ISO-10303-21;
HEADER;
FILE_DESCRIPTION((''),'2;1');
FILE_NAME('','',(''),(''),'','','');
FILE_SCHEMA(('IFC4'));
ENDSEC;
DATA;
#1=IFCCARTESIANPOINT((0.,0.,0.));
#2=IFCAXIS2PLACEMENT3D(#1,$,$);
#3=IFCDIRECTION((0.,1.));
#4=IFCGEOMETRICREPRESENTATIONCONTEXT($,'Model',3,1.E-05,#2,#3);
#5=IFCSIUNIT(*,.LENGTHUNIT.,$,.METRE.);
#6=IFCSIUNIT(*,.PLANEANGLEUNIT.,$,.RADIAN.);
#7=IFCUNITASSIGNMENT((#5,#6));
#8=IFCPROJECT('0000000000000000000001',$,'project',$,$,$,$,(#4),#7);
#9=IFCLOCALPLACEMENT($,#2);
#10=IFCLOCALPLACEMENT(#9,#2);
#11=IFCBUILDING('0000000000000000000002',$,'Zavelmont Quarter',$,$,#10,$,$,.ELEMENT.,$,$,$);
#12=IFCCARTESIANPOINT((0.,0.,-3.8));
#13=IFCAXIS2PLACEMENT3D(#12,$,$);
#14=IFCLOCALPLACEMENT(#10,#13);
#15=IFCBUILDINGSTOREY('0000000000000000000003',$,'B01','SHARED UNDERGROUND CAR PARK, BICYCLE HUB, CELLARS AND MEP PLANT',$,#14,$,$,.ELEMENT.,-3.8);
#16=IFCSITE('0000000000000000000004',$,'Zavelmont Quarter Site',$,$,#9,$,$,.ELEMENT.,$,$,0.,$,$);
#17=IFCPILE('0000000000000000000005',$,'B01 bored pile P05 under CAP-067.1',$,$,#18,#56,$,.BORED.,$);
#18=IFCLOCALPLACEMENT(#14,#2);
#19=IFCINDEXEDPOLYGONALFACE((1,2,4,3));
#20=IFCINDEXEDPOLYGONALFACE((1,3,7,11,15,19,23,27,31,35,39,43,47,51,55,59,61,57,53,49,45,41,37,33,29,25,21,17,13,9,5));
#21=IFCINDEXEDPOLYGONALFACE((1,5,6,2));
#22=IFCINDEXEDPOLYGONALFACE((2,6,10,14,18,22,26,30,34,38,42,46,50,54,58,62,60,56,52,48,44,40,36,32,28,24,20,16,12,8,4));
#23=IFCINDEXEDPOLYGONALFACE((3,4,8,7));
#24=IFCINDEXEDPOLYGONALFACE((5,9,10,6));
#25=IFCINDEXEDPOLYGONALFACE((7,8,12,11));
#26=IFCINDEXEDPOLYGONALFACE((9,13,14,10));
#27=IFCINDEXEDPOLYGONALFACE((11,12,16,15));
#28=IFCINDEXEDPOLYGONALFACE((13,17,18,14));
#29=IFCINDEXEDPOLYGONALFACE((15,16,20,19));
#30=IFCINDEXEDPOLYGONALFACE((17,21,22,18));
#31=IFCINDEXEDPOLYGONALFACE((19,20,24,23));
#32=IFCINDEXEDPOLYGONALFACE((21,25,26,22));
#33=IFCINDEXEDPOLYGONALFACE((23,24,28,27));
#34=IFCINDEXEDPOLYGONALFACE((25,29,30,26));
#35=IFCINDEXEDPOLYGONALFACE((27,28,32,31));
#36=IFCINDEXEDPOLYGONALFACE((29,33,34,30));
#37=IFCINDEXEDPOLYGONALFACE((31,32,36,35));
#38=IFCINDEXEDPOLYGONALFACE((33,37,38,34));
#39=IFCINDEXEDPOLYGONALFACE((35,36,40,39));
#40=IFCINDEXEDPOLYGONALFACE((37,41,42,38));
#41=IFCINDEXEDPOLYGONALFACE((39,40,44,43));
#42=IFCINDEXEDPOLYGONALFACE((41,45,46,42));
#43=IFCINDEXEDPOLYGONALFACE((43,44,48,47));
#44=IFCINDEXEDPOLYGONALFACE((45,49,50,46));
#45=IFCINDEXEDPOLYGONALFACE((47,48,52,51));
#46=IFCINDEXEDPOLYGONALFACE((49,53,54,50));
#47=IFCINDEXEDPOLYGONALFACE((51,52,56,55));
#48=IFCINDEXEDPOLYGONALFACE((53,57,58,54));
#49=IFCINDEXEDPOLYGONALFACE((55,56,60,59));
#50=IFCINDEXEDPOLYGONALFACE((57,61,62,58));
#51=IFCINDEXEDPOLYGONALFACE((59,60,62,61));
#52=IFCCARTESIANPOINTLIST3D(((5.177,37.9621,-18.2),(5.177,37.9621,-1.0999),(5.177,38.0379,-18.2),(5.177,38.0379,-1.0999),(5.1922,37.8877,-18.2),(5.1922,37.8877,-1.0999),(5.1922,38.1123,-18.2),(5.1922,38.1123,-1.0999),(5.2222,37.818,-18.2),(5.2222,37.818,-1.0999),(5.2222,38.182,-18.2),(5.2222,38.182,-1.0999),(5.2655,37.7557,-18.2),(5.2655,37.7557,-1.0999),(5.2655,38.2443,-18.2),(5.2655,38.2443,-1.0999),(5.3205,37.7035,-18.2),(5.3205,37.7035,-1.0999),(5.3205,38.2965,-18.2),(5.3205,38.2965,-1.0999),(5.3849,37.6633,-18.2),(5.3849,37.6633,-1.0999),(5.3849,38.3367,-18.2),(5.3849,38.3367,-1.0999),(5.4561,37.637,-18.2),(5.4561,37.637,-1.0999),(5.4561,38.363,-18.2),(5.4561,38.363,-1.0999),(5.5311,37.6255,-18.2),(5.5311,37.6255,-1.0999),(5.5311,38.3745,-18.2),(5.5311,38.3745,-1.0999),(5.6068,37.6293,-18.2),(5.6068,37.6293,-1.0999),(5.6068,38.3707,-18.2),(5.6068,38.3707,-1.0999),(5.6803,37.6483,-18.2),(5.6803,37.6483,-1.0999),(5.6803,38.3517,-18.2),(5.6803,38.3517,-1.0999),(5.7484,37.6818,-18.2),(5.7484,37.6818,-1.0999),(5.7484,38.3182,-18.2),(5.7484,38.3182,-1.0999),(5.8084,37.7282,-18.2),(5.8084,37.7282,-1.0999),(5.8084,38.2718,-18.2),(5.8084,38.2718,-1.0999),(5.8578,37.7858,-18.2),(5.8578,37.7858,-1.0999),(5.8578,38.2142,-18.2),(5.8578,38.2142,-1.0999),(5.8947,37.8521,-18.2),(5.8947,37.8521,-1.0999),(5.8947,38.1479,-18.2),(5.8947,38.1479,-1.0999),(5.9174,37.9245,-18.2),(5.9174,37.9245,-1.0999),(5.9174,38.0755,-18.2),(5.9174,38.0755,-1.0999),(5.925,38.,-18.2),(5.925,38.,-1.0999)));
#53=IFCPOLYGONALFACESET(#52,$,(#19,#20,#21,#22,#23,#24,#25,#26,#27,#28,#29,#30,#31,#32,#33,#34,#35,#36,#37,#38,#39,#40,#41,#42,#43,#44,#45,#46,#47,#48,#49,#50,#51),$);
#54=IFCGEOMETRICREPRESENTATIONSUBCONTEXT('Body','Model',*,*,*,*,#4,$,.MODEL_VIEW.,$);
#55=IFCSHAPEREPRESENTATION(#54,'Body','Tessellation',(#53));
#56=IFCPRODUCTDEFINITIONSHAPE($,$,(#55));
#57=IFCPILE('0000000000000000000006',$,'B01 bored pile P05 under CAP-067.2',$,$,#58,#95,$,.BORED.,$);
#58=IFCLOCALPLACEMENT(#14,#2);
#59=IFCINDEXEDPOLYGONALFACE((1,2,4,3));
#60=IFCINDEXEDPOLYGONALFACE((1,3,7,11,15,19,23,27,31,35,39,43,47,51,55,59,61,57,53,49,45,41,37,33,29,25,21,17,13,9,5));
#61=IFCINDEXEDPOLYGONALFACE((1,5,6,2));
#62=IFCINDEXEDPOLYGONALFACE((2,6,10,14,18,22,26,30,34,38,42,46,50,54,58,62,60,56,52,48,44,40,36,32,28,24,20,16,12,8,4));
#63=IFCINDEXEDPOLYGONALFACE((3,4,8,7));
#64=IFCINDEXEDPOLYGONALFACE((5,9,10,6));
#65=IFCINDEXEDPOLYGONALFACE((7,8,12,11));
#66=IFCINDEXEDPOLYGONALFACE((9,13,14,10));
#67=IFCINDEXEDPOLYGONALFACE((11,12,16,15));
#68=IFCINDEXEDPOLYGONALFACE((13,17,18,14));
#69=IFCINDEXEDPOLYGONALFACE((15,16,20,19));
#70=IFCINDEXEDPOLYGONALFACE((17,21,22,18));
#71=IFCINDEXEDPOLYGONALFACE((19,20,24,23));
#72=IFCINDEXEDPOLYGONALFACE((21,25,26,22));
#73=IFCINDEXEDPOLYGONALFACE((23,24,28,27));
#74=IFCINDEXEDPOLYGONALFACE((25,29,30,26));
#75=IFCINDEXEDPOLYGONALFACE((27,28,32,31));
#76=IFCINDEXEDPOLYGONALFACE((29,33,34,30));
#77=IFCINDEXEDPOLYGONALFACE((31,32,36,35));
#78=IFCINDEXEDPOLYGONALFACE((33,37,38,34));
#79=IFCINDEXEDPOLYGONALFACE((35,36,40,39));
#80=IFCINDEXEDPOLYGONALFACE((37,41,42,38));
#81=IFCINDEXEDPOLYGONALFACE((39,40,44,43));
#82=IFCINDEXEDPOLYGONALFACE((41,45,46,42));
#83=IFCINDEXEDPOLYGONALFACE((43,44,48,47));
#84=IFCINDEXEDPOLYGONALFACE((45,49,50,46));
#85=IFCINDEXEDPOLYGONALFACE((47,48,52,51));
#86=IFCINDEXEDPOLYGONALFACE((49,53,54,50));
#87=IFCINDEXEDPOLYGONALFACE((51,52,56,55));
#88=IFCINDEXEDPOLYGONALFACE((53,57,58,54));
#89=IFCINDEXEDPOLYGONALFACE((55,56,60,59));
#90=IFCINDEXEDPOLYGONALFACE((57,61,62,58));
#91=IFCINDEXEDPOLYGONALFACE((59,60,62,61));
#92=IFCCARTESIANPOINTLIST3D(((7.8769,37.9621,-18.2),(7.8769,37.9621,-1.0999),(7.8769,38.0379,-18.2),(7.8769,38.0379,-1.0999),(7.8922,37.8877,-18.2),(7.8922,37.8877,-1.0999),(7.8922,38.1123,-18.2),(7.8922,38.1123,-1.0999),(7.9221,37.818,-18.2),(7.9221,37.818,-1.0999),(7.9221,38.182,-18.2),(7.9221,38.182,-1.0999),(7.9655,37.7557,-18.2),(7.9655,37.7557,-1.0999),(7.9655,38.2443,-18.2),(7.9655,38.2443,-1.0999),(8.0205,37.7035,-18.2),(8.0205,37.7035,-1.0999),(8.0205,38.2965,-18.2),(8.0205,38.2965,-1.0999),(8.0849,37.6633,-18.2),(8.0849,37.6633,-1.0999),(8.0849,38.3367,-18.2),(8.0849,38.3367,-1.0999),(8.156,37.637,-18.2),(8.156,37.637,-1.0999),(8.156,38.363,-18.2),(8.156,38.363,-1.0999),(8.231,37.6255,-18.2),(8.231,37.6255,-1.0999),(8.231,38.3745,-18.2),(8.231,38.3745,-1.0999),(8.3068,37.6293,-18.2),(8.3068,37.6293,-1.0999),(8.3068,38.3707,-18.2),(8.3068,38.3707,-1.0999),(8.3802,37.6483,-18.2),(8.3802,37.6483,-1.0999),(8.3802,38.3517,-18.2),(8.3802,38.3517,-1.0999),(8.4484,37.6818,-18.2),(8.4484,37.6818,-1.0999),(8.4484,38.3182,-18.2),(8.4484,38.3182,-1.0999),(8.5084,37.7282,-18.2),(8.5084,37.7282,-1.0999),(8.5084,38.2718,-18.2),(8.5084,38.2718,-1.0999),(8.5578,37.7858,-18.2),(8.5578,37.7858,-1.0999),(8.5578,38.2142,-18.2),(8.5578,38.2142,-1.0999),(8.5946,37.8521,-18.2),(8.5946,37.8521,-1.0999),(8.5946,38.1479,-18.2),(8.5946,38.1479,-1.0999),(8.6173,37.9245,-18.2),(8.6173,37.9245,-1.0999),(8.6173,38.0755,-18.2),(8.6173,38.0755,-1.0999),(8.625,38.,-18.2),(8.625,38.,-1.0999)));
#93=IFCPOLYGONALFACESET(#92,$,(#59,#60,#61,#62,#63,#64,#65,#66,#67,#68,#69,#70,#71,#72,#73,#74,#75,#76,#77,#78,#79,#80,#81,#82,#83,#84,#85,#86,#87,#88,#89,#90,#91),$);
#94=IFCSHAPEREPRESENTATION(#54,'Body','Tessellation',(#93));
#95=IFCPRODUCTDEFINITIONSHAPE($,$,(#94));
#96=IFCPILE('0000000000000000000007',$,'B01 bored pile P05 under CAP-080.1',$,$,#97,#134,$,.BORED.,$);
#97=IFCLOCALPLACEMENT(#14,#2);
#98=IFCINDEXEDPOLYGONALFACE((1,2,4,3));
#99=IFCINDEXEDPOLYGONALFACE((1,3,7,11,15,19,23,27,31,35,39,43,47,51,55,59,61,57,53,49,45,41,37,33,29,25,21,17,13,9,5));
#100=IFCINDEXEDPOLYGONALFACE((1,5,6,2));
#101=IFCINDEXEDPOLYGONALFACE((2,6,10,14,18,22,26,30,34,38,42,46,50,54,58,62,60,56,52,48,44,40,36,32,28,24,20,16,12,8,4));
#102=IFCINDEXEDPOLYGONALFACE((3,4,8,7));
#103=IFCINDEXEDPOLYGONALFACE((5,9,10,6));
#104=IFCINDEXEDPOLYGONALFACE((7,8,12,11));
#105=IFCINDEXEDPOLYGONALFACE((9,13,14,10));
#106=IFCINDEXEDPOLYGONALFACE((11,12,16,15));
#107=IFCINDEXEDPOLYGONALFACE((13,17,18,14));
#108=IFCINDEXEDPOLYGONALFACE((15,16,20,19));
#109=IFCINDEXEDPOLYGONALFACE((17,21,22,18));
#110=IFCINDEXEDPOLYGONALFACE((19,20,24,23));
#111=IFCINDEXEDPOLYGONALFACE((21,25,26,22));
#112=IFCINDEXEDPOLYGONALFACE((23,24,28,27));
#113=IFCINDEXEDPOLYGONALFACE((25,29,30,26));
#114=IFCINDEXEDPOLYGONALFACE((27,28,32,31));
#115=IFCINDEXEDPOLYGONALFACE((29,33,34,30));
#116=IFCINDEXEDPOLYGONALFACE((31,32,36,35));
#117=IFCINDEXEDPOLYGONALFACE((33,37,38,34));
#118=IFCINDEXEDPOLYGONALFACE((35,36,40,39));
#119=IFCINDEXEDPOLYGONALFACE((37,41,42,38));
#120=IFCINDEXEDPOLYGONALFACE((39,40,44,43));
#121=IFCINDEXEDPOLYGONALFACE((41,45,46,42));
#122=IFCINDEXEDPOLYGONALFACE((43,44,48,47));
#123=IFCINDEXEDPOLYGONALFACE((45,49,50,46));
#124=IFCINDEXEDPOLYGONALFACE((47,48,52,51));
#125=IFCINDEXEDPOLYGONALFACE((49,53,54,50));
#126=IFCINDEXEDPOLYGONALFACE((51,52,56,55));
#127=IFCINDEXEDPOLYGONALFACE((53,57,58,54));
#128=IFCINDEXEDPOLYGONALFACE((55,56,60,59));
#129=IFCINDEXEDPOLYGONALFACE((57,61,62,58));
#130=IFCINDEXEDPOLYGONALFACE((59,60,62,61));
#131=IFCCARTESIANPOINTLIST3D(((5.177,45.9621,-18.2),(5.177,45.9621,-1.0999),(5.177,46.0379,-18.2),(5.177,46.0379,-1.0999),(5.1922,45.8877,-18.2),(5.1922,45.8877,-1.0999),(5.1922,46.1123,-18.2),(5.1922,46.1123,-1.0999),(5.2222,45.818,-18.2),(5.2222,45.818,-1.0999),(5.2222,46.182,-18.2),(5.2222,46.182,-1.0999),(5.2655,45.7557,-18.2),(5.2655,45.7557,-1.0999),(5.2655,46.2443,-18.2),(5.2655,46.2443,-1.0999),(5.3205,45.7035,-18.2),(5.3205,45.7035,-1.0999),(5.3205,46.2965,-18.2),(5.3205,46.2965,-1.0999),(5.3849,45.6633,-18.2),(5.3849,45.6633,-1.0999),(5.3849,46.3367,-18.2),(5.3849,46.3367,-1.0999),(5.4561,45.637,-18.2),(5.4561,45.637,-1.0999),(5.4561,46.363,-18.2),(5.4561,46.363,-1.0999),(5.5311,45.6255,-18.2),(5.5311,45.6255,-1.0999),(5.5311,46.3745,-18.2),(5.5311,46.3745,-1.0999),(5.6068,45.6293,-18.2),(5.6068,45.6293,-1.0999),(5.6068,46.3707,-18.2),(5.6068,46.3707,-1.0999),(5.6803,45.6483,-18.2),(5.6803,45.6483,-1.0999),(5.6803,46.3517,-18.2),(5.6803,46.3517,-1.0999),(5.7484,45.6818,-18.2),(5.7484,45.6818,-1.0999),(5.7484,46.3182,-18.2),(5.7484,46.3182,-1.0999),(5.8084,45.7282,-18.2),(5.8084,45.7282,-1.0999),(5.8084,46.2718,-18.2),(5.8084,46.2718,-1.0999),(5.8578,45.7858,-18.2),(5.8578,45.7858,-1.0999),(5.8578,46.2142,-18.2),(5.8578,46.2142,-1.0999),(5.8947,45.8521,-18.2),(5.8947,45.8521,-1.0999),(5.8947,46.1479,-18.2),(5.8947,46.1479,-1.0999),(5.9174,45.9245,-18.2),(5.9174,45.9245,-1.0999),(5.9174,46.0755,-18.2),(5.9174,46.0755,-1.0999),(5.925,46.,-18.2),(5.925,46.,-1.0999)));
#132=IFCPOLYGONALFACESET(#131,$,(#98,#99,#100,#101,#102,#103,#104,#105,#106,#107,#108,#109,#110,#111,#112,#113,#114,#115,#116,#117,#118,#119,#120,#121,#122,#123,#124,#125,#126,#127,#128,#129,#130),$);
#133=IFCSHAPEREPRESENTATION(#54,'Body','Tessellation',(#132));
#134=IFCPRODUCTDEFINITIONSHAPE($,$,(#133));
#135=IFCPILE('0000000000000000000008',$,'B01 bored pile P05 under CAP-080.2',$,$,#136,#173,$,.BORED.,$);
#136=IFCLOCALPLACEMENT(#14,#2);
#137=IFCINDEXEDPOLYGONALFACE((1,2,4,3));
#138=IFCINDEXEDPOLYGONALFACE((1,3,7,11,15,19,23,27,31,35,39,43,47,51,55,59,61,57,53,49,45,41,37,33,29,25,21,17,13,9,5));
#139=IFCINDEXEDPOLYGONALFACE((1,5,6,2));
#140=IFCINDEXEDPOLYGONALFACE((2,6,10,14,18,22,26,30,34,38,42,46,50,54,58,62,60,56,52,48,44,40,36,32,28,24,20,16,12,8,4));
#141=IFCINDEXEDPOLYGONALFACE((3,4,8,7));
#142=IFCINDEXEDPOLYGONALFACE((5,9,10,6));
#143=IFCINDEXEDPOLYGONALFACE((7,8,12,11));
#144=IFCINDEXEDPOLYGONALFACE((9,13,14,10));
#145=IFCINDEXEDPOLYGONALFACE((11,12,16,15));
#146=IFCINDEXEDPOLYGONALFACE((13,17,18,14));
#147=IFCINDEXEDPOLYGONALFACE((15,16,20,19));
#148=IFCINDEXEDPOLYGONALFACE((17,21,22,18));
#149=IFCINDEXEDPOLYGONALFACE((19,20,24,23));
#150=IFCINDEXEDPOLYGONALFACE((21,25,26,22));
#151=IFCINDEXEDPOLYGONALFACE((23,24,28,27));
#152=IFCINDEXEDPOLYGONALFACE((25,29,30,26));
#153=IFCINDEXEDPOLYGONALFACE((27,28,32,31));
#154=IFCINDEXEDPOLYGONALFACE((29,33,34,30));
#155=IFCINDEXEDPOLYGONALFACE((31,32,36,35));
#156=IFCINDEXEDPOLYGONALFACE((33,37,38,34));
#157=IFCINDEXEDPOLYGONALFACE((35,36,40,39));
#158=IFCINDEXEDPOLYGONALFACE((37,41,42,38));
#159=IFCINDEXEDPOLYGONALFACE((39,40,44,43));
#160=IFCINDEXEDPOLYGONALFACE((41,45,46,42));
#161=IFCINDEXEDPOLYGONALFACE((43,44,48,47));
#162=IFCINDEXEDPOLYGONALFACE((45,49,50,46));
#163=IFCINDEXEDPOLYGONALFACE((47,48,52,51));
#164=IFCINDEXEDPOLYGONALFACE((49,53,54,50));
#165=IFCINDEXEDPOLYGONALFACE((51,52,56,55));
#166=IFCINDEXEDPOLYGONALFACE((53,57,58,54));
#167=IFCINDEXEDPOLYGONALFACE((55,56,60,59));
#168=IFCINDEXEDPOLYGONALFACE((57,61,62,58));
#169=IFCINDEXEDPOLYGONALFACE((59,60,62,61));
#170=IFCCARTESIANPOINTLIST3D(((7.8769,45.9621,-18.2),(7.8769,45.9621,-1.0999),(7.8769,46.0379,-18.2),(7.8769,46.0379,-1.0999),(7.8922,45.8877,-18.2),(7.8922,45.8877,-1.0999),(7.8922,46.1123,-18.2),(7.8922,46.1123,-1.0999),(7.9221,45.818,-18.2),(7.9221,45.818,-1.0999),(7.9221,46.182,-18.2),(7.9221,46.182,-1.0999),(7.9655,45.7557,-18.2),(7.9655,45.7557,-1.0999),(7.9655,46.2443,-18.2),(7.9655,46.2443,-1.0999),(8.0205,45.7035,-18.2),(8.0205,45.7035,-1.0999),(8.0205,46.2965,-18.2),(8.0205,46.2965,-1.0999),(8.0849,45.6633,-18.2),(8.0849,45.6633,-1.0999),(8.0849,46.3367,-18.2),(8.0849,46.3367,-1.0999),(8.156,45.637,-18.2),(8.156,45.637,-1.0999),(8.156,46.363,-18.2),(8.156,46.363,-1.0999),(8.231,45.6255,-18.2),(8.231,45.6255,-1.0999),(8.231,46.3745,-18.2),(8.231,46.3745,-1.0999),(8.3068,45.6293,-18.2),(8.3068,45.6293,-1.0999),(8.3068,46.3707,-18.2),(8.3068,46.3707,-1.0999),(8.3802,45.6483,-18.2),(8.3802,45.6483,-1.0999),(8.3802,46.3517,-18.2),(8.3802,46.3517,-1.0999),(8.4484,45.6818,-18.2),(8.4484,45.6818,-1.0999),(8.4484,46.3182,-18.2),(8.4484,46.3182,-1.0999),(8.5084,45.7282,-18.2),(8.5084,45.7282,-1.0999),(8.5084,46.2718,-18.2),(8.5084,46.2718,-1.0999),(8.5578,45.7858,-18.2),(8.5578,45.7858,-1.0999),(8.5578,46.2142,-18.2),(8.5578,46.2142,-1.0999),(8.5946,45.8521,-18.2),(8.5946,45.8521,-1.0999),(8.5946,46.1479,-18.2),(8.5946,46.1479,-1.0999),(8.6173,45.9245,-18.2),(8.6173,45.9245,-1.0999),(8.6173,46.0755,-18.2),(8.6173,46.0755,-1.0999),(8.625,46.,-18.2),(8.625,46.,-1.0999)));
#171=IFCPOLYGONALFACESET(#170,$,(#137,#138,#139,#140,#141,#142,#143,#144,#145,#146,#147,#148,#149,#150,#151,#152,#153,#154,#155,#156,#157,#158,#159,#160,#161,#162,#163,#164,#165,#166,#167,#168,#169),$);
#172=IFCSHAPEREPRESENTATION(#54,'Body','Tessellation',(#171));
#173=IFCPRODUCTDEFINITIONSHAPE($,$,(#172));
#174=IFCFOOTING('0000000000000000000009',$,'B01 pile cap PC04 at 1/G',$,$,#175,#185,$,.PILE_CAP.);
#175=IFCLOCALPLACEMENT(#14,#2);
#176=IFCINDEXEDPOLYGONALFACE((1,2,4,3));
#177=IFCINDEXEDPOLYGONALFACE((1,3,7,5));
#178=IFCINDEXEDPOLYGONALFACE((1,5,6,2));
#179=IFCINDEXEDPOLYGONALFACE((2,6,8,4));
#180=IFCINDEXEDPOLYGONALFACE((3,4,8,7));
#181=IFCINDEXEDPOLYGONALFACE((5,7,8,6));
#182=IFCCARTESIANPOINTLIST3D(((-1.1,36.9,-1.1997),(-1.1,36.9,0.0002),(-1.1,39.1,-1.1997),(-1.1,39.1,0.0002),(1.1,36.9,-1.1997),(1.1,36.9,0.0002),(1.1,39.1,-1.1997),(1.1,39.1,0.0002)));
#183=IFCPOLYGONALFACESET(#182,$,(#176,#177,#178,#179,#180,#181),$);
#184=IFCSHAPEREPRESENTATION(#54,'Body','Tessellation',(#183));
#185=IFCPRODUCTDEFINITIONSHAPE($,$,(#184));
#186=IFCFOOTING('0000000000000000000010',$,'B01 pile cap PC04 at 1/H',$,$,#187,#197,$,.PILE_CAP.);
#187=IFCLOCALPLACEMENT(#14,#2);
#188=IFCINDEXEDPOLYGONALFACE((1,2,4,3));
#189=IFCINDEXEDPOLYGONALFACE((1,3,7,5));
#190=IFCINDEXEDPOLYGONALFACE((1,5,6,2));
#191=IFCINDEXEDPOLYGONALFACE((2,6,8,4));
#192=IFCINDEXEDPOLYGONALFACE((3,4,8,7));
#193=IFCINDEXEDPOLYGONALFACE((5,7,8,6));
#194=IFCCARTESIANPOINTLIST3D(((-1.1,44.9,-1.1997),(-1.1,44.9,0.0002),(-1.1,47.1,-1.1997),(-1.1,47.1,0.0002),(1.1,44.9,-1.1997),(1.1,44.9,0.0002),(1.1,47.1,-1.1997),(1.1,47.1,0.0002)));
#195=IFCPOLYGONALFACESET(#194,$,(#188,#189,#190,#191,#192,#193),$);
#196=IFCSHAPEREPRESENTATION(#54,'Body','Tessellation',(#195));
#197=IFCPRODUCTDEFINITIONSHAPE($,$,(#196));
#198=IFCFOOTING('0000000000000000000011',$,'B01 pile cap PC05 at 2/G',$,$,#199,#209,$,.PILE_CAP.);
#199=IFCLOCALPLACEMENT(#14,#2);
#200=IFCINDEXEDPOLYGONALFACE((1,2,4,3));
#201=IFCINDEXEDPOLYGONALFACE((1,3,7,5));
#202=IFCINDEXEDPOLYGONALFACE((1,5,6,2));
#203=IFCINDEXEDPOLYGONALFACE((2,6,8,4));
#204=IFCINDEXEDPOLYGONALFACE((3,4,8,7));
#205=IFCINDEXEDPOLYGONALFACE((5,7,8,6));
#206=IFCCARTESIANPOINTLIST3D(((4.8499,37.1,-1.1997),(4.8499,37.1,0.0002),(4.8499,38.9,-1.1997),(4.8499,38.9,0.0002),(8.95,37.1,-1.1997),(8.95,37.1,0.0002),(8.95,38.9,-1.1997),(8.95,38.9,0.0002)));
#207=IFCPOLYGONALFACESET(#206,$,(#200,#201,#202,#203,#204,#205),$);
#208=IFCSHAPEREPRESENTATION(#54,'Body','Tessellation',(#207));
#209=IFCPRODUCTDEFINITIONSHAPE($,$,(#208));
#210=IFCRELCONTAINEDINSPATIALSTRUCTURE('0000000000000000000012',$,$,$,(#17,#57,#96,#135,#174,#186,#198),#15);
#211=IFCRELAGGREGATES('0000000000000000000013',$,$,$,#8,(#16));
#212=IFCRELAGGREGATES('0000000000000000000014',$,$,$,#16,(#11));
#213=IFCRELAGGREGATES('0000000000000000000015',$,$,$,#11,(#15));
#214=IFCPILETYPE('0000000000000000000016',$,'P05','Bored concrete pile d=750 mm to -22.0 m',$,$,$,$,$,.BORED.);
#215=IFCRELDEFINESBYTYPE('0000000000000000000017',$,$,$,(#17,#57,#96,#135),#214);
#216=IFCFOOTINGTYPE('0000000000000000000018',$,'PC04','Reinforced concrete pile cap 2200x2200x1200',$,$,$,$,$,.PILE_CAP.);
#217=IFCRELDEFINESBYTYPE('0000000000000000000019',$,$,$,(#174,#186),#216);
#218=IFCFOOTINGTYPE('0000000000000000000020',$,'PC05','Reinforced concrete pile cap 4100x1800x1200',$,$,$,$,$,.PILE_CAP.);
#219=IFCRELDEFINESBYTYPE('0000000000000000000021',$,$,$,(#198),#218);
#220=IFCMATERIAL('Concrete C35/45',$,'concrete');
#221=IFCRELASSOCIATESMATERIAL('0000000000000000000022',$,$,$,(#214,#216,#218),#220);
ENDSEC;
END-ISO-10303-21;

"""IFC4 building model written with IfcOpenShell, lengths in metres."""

from ifc_helpers import new_model, si_unit, direction, frame, origin, origin_2d, place, context, subcontext, project, spatial, rectangle, circle, extrude, material, material_profile, profile_set, type_object, element, save


model = new_model("IFC4")

# Units and contexts
model_context = context("Model", 3, precision=1e-05, world=origin(), true_north=direction((0.0, 1.0)))
body_context = subcontext(model_context, "Body", "Model", "MODEL_VIEW")
ifc_project = project(units=[si_unit("LENGTHUNIT", "METRE"), si_unit("PLANEANGLEUNIT", "RADIAN")], contexts=[model_context])

# Site, building, storey
site_placement = place(None, origin())
site = spatial("IfcSite", under=ifc_project, at=site_placement, Name="Zavelmont Quarter Site", CompositionType="ELEMENT", RefElevation=0.0)
building_placement = place(site_placement, origin())
building = spatial("IfcBuilding", under=site, at=building_placement, Name="Zavelmont Quarter", CompositionType="ELEMENT")
storey_placement = place(building_placement, frame((0.0, 0.0, -3.8)))
storey = spatial("IfcBuildingStorey", under=building, at=storey_placement, Name="B01", Description="SHARED UNDERGROUND CAR PARK, BICYCLE HUB, CELLARS AND MEP PLANT", CompositionType="ELEMENT", Elevation=-3.8)

# Shared definitions
ifc_material_1 = material(Name="Concrete C35/45", Category="concrete")

# Piles
ifc_material_profile_1 = material_profile(ifc_material_1, circle(Radius=0.375, at=origin_2d()), Name="BP750")
ifc_profile_set_1 = profile_set([ifc_material_profile_1], Name="Concrete C35/45")
pile_type_1 = type_object("IfcPileType", Name="P05", Description="Bored concrete pile d=750 mm to -22.0 m", PredefinedType="BORED", material=ifc_profile_set_1)
for number, where, z_axis, x_axis, name in (
    (1, (5.55, 38.0, -1.0999), (0.0, 0.0, -1.0), (1.0, 0.0, 0.0), "B01 bored pile P05 under CAP-067.1"),
    (2, (8.25, 38.0, -1.0999), (0.0, 0.0, -1.0), (1.0, 0.0, 0.0), "B01 bored pile P05 under CAP-067.2"),
    (3, (5.55, 46.0, -1.0999), (0.0, 0.0, -1.0), (1.0, 0.0, 0.0), "B01 bored pile P05 under CAP-080.1"),
    (4, (8.25, 46.0, -1.0999), (0.0, 0.0, -1.0), (1.0, 0.0, 0.0), "B01 bored pile P05 under CAP-080.2"),
):
    element("IfcPile", number, at=place(storey_placement, frame(where, z_axis=z_axis, x_axis=x_axis)), inside=storey, type_object=pile_type_1, Name=name, PredefinedType="BORED", context=body_context, shape_type="SweptSolid", body=[
        extrude(circle(Radius=0.375, at=origin_2d()), origin(), (0.0, 0.0, 1.0), 17.1001),
    ])

# Footings
footing_type_1 = type_object("IfcFootingType", Name="PC04", Description="Reinforced concrete pile cap 2200x2200x1200", PredefinedType="PILE_CAP", material=ifc_material_1)
for number, where, z_axis, x_axis, name in (
    (5, (0.0, 38.0, -1.1997), (0.0, 0.0, 1.0), (1.0, 0.0, 0.0), "B01 pile cap PC04 at 1/G"),
    (6, (0.0, 46.0, -1.1997), (0.0, 0.0, 1.0), (1.0, 0.0, 0.0), "B01 pile cap PC04 at 1/H"),
):
    element("IfcFooting", number, at=place(storey_placement, frame(where, z_axis=z_axis, x_axis=x_axis)), inside=storey, type_object=footing_type_1, Name=name, PredefinedType="PILE_CAP", context=body_context, shape_type="SweptSolid", body=[
        extrude(rectangle(XDim=2.2, YDim=2.2, at=origin_2d()), origin(), (0.0, 0.0, 1.0), 1.2),
    ])
footing_type_2 = type_object("IfcFootingType", Name="PC05", Description="Reinforced concrete pile cap 4100x1800x1200", PredefinedType="PILE_CAP", material=ifc_material_1)
for number, where, z_axis, x_axis, name in (
    (7, (6.8999, 38.0, -1.1997), (0.0, 0.0, 1.0), (1.0, 0.0, 0.0), "B01 pile cap PC05 at 2/G"),
):
    element("IfcFooting", number, at=place(storey_placement, frame(where, z_axis=z_axis, x_axis=x_axis)), inside=storey, type_object=footing_type_2, Name=name, PredefinedType="PILE_CAP", context=body_context, shape_type="SweptSolid", body=[
        extrude(rectangle(XDim=4.1001, YDim=1.8, at=origin_2d()), origin(), (0.0, 0.0, 1.0), 1.2),
    ])

save(model, "model.ifc")
